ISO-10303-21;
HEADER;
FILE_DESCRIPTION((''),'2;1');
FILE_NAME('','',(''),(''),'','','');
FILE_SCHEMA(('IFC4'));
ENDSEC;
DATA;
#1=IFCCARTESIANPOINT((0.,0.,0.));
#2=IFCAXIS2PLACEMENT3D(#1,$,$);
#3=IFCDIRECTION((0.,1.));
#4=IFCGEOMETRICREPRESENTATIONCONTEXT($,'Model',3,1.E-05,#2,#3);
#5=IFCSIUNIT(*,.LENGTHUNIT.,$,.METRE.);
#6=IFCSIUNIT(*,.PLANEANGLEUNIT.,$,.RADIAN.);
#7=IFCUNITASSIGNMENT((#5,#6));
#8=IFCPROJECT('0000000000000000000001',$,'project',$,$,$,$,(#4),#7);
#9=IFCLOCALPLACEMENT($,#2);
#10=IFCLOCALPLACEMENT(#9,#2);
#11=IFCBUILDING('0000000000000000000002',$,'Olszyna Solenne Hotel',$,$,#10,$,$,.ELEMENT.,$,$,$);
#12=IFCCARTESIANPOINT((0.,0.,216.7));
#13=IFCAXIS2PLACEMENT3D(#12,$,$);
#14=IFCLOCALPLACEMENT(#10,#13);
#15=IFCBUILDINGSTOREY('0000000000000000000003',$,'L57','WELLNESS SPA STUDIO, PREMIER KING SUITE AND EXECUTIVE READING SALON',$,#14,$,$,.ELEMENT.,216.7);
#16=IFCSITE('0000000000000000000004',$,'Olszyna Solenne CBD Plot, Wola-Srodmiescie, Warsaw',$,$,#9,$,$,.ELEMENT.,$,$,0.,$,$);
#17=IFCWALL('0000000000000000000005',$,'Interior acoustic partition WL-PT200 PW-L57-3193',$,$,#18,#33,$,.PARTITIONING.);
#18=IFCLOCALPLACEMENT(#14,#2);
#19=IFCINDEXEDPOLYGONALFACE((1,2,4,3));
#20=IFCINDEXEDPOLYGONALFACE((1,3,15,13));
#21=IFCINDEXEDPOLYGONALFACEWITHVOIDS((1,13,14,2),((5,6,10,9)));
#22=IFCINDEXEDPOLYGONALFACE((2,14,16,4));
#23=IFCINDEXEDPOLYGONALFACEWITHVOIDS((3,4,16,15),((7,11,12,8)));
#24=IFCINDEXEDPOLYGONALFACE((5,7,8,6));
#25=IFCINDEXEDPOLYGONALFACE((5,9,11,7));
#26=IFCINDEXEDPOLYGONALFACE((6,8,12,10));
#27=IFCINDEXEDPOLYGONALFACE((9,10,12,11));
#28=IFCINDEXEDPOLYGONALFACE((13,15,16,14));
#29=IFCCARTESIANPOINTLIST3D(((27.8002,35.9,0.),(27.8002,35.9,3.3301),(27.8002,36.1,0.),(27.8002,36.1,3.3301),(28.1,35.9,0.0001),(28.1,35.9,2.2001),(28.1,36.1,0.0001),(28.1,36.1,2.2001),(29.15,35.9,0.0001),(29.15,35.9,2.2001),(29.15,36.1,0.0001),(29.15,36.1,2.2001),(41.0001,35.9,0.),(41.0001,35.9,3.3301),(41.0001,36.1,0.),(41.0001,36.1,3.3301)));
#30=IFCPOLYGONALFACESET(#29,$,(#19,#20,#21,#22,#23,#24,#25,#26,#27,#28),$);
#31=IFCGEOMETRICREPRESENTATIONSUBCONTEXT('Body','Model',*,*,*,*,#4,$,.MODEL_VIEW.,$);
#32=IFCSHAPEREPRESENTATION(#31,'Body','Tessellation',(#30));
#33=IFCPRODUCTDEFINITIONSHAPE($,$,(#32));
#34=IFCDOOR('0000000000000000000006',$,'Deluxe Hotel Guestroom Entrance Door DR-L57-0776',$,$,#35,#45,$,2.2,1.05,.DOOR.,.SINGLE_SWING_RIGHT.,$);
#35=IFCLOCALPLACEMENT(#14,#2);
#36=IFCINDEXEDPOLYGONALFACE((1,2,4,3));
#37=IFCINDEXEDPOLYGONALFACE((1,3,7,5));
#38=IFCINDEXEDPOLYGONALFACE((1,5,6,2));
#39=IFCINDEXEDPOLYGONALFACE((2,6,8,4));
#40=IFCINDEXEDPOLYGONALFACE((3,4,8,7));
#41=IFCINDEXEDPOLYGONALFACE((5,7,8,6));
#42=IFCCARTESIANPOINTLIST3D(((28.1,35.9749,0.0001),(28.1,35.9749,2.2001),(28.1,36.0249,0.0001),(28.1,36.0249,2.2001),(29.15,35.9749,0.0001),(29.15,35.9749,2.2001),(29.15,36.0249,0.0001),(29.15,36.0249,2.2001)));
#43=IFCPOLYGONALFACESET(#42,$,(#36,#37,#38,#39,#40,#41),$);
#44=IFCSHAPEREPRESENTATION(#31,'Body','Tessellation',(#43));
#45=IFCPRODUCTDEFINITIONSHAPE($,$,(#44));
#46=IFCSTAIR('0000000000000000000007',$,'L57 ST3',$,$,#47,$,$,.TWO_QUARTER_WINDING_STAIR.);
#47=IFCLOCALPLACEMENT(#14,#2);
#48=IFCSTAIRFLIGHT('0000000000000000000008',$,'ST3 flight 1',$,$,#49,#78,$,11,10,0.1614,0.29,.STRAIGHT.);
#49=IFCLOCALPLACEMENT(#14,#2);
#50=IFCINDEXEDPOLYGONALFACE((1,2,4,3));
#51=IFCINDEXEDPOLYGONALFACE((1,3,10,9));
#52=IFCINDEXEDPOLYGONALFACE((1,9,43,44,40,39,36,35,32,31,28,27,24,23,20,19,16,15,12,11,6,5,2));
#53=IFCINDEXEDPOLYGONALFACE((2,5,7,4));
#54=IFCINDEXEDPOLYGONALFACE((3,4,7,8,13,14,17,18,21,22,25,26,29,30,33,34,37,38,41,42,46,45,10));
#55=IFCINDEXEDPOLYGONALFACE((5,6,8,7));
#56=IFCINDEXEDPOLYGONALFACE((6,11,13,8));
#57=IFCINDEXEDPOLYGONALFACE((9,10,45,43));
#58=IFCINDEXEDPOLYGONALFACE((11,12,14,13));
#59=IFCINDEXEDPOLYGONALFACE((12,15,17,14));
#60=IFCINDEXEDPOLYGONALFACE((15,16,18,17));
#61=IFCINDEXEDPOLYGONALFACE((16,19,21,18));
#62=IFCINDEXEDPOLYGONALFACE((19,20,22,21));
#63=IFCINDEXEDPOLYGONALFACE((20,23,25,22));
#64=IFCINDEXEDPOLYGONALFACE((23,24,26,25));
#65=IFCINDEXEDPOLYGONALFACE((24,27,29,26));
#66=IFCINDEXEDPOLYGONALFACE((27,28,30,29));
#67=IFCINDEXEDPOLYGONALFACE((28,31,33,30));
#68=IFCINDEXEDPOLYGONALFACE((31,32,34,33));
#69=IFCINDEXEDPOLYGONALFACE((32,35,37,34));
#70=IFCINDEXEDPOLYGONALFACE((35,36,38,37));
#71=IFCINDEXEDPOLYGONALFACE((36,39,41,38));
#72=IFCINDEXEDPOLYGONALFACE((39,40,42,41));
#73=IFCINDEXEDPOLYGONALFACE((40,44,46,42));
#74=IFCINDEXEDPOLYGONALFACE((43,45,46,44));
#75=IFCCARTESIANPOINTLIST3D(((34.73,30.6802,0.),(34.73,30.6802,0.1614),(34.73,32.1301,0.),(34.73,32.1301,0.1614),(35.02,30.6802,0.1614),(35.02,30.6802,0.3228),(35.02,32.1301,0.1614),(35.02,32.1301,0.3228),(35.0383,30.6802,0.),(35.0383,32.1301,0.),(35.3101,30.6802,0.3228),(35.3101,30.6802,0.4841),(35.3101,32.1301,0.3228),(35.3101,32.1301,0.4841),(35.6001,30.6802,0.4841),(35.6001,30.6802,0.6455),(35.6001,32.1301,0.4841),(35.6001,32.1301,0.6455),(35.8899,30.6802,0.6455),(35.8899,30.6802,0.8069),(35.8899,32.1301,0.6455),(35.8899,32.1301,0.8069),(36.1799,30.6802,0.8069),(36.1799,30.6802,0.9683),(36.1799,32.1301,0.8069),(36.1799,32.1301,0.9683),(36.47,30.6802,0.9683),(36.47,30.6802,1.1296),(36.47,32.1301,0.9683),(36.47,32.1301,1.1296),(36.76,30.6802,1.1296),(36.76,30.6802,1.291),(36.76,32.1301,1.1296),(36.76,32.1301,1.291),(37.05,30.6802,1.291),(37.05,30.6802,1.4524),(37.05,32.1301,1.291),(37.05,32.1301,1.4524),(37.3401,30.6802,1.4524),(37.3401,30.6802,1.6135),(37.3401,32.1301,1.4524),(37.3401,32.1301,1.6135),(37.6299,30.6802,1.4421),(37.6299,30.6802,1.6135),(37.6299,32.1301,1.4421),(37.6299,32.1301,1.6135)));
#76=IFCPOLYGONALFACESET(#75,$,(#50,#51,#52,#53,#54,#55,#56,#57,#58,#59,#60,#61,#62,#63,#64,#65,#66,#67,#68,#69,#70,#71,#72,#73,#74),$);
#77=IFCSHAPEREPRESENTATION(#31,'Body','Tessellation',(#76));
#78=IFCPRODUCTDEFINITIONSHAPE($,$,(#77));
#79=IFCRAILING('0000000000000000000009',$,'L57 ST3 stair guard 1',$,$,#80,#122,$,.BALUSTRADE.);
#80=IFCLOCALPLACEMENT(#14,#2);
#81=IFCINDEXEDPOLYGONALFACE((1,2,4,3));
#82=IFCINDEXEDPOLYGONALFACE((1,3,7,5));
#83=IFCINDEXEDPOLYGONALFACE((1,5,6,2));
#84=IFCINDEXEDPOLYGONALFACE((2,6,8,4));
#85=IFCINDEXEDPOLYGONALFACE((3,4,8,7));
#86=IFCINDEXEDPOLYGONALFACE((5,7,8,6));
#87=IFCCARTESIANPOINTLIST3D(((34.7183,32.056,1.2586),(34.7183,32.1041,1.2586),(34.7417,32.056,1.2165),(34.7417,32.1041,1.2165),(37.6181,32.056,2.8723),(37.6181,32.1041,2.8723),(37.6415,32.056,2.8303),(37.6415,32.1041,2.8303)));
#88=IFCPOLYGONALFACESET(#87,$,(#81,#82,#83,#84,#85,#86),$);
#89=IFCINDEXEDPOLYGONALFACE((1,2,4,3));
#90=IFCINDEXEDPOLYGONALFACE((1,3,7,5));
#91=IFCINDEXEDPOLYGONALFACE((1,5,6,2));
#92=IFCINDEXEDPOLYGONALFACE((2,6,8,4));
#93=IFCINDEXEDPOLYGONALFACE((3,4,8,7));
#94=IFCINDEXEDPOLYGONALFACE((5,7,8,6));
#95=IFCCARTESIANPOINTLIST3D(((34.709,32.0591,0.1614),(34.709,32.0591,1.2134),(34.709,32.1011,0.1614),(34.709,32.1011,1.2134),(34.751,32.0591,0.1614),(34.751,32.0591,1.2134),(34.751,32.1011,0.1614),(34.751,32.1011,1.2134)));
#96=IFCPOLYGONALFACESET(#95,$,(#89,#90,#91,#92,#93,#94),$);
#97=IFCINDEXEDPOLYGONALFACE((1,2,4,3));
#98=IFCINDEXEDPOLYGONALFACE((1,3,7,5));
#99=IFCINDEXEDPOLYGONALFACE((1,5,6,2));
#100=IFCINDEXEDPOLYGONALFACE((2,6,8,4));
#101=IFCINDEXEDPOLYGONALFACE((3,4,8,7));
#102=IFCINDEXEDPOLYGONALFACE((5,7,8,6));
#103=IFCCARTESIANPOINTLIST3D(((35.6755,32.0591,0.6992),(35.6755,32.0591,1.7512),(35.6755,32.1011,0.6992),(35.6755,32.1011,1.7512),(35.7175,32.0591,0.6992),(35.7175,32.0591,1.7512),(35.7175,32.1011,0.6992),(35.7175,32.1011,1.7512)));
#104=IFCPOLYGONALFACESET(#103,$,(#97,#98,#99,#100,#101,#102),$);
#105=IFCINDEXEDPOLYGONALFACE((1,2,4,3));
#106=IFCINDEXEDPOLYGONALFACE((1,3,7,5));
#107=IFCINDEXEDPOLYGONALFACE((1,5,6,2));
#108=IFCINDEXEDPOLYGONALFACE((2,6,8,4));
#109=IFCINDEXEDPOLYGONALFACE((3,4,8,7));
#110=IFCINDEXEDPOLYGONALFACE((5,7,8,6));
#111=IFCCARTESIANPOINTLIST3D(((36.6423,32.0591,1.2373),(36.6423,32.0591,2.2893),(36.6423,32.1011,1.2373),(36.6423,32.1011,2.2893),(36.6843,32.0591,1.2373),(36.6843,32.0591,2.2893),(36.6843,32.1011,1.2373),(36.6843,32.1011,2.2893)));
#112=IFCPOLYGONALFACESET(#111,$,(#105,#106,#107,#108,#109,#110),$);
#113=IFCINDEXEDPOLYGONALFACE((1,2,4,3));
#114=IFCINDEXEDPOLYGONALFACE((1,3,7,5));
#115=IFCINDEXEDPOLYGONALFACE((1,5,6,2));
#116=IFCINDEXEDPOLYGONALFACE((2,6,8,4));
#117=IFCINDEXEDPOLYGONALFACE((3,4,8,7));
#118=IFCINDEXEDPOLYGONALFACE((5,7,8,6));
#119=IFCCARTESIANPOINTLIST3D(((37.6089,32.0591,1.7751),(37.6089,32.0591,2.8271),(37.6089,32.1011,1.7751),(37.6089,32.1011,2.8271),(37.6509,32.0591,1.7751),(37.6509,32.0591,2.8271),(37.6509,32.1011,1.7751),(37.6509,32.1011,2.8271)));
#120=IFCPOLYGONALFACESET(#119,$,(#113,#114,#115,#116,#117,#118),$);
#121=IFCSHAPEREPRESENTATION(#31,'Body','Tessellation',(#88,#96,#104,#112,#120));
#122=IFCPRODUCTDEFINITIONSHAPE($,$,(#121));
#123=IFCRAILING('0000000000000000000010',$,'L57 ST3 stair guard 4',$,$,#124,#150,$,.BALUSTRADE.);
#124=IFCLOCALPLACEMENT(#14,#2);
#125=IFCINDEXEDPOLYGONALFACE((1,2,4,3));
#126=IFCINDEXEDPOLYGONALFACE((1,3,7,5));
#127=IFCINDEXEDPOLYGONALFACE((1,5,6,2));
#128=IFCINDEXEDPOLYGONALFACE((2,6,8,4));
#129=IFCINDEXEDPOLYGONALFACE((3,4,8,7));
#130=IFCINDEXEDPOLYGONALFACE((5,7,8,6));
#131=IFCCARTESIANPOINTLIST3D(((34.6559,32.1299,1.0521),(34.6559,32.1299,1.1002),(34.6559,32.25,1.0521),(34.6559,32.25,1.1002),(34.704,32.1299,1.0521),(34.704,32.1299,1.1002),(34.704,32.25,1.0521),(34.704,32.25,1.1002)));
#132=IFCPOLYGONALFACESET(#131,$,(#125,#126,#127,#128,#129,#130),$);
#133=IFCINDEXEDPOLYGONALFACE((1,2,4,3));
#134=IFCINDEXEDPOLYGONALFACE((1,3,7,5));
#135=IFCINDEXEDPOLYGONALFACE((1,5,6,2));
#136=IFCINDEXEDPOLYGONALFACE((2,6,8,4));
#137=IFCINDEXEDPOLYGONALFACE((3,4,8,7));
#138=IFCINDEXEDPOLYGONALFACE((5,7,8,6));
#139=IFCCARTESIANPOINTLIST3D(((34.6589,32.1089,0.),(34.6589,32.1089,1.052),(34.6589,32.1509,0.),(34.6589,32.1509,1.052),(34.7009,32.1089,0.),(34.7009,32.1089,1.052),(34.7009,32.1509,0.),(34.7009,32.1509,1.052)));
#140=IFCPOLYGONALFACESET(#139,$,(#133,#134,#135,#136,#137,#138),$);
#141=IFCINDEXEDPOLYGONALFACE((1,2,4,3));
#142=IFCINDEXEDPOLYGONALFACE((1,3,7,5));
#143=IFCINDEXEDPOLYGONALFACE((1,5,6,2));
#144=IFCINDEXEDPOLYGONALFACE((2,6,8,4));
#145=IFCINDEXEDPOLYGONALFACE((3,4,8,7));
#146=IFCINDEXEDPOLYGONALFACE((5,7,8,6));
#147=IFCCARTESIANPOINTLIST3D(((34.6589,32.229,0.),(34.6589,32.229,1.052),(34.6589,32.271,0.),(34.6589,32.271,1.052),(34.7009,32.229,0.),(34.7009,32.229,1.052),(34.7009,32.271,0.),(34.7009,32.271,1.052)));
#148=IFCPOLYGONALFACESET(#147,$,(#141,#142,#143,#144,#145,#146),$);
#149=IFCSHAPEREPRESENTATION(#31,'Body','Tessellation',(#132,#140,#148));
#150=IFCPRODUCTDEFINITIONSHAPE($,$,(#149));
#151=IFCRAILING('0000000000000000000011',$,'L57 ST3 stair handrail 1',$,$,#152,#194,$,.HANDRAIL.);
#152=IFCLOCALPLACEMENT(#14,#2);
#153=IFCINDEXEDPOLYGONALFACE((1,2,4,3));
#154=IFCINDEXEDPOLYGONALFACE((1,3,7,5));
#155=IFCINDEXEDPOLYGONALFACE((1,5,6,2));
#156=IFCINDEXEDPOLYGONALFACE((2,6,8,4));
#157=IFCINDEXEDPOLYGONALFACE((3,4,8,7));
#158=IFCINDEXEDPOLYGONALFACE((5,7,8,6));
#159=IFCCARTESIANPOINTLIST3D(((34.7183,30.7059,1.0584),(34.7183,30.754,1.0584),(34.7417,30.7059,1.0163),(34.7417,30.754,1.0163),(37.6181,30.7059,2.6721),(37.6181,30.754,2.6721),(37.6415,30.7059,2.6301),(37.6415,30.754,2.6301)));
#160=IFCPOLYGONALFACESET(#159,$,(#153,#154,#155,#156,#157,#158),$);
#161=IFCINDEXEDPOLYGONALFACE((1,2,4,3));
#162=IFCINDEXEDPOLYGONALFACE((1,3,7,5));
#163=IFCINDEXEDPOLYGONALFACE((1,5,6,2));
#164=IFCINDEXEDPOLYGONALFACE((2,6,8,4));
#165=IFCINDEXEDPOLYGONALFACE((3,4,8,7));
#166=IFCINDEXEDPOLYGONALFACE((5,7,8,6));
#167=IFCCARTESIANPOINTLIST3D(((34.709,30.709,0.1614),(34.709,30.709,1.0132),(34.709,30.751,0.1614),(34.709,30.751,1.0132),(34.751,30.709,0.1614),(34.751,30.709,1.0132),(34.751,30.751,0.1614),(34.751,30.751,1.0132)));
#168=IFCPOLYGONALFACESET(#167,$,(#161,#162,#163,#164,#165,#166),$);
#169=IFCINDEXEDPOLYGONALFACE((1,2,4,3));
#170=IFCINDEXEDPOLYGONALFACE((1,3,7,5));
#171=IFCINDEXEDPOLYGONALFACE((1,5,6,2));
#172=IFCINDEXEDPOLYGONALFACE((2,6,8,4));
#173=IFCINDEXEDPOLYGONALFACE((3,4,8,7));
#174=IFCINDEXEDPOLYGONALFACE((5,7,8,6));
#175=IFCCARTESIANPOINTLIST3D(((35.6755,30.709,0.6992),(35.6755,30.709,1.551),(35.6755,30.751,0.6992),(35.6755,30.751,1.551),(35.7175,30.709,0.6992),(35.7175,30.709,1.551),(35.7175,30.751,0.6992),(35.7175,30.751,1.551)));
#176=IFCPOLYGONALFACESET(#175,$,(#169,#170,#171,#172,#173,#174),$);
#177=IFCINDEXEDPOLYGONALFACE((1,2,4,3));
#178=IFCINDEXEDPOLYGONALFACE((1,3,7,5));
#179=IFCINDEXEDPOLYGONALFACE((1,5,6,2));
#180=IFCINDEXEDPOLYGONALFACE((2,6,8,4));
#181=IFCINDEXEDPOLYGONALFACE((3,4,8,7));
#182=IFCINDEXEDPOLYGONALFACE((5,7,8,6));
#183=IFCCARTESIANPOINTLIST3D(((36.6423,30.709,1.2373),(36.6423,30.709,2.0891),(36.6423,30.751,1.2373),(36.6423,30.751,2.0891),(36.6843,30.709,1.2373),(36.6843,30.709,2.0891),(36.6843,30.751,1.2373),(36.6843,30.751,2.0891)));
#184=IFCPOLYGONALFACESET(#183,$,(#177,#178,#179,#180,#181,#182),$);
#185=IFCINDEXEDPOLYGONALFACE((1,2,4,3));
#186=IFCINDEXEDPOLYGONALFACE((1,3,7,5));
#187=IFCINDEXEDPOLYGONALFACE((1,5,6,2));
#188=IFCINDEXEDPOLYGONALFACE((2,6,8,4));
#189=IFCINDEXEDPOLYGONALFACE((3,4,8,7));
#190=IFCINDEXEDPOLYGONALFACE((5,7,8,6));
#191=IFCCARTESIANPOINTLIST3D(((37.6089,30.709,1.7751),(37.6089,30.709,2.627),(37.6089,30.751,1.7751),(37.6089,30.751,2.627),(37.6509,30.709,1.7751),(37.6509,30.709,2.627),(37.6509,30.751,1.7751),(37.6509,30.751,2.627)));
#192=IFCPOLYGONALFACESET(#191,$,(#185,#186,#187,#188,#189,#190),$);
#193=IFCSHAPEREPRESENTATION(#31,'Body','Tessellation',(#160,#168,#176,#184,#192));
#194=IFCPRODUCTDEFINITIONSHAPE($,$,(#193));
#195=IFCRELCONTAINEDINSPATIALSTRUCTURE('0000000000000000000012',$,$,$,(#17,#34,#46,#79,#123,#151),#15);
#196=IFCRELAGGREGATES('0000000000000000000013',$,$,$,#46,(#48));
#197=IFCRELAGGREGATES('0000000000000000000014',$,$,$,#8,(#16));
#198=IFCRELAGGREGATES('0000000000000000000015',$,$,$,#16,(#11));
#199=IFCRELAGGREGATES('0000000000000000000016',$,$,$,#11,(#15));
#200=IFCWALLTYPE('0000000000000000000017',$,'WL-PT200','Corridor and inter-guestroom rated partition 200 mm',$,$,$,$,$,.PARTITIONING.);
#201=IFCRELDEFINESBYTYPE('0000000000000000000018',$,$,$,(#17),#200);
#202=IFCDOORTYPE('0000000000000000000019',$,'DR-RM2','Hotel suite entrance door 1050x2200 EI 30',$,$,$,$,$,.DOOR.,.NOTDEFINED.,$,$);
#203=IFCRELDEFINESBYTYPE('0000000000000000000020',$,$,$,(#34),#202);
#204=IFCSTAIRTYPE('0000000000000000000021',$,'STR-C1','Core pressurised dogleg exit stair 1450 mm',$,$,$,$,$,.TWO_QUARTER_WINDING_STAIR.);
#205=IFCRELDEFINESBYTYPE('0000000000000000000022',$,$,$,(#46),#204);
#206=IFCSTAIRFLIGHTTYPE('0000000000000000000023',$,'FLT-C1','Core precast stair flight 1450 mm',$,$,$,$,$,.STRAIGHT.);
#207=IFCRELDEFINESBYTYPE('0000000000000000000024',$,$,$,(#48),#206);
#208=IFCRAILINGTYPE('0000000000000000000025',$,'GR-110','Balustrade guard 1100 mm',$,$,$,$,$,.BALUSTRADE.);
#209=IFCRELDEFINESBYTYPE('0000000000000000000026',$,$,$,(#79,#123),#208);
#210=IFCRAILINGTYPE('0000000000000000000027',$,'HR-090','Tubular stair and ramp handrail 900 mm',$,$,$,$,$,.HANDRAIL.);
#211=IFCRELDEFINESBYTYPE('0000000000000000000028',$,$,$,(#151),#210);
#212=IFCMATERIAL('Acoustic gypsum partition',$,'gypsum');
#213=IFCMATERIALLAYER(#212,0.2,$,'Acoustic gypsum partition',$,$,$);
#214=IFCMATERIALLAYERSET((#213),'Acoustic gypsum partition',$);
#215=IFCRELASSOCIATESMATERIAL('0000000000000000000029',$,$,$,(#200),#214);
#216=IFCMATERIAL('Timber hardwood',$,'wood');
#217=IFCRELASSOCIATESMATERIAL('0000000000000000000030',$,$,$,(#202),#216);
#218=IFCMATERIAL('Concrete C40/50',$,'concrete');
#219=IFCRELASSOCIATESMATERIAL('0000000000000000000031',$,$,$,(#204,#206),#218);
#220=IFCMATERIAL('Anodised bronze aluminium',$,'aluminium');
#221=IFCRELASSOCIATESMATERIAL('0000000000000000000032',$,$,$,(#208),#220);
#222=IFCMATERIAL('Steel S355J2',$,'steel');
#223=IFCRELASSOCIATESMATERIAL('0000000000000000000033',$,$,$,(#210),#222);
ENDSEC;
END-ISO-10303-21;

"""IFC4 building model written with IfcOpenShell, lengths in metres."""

from ifc_helpers import new_model, si_unit, direction, frame, frame_2d, origin, origin_2d, place, context, subcontext, project, spatial, polyline, rectangle, outline, extrude, source, transform, mapped, material, layer, layer_set, type_object, type_shapes, element, fill, aggregate, save


model = new_model("IFC4")

# Units and contexts
model_context = context("Model", 3, precision=1e-05, world=origin(), true_north=direction((0.0, 1.0)))
body_context = subcontext(model_context, "Body", "Model", "MODEL_VIEW")
ifc_project = project(units=[si_unit("LENGTHUNIT", "METRE"), si_unit("PLANEANGLEUNIT", "RADIAN")], contexts=[model_context])

# Site, building, storey
site_placement = place(None, origin())
site = spatial("IfcSite", under=ifc_project, at=site_placement, Name="Olszyna Solenne CBD Plot, Wola-Srodmiescie, Warsaw", CompositionType="ELEMENT", RefElevation=0.0)
building_placement = place(site_placement, origin())
building = spatial("IfcBuilding", under=site, at=building_placement, Name="Olszyna Solenne Hotel", CompositionType="ELEMENT")
storey_placement = place(building_placement, frame((0.0, 0.0, 216.7)))
storey = spatial("IfcBuildingStorey", under=building, at=storey_placement, Name="L57", Description="WELLNESS SPA STUDIO, PREMIER KING SUITE AND EXECUTIVE READING SALON", CompositionType="ELEMENT", Elevation=216.7)

# Shared definitions
ifc_material_1 = material(Name="Steel S355J2", Category="steel")

# Shared definitions
ifc_material_2 = material(Name="Acoustic gypsum partition", Category="gypsum")

# Shared definitions
ifc_layer_1 = layer(ifc_material_2, 0.2, Name="Acoustic gypsum partition")
ifc_layer_set_1 = layer_set([ifc_layer_1], Name="Acoustic gypsum partition")
wall_type_1 = type_object("IfcWallType", Name="WL-PT200", Description="Corridor and inter-guestroom rated partition 200 mm", PredefinedType="PARTITIONING", material=ifc_layer_set_1)

# Wall, opening, door
wall_1_placement = place(storey_placement, frame((27.8, 36.0, 0.0), z_axis=(0.0, 0.0, 1.0), x_axis=(1.0, 0.0, 0.0)))
wall_1 = element("IfcWall", 1, at=wall_1_placement, inside=storey, type_object=wall_type_1, Name="Interior acoustic partition WL-PT200 PW-L57-3193", PredefinedType="PARTITIONING", context=body_context, shape_type="SweptSolid", body=[
    extrude(rectangle(XDim=13.2, YDim=0.2, at=frame_2d((6.6001, 0.0))), origin(), (0.0, 0.0, 1.0), 3.3301),
])
opening_1_placement = place(wall_1_placement, frame((0.3, 0.0, 0.0)))
opening_1 = element("IfcOpeningElement", 2, at=opening_1_placement, cuts=wall_1, PredefinedType="OPENING", context=body_context, shape_type="SweptSolid", body=[
    extrude(rectangle(XDim=1.05, YDim=2.2, at=frame_2d((0.5249, 1.1001))), frame((0.0, 0.1099, 0.0), z_axis=(0.0, -1.0, 0.0), x_axis=(1.0, 0.0, 0.0)), (0.0, 0.0, 1.0), 0.22),
])
ifc_material_3 = material(Name="Timber hardwood", Category="wood")
door_type_1 = type_object("IfcDoorType", Name="DR-RM2", Description="Hotel suite entrance door 1050x2200 EI 30", OperationType="NOTDEFINED", PredefinedType="DOOR", material=ifc_material_3)
shared_shape_1 = source(origin(), body_context, "Body", "SweptSolid", [
    extrude(rectangle(XDim=1.05, YDim=2.2, at=frame_2d((0.5249, 1.1001))), frame((0.0, 0.0249, 0.0), z_axis=(0.0, -1.0, 0.0), x_axis=(1.0, 0.0, 0.0)), (0.0, 0.0, 1.0), 0.05),
])
type_shapes(door_type_1, [shared_shape_1])
door_1_placement = place(opening_1_placement, origin())
door_1 = element("IfcDoor", 3, at=door_1_placement, inside=storey, type_object=door_type_1, Name="Deluxe Hotel Guestroom Entrance Door DR-L57-0776", OperationType="SINGLE_SWING_RIGHT", OverallHeight=2.2, OverallWidth=1.05, PredefinedType="DOOR", context=body_context, shape_type="MappedRepresentation", body=[
    mapped(shared_shape_1, transform((0.0, 0.0, 0.0), x_axis=(1.0, 0.0, 0.0), y_axis=(0.0, 1.0, 0.0), z_axis=(0.0, 0.0, 1.0), scale=1.0)),
])
fill(opening_1, door_1)

# Stair, stair flight
ifc_material_4 = material(Name="Concrete C40/50", Category="concrete")
stair_type = type_object("IfcStairType", Name="STR-C1", Description="Core pressurised dogleg exit stair 1450 mm", PredefinedType="TWO_QUARTER_WINDING_STAIR", material=ifc_material_4)
stair_placement = place(storey_placement, origin())
stair = element("IfcStair", 4, at=stair_placement, inside=storey, type_object=stair_type, Name="L57 ST3", PredefinedType="TWO_QUARTER_WINDING_STAIR")
stair_flight_type = type_object("IfcStairFlightType", Name="FLT-C1", Description="Core precast stair flight 1450 mm", PredefinedType="STRAIGHT", material=ifc_material_4)
stair_flight_placement = place(storey_placement, frame((34.73, 31.405, 0.0), z_axis=(0.0, 0.0, 1.0), x_axis=(1.0, 0.0, 0.0)))
stair_flight = element("IfcStairFlight", 5, at=stair_flight_placement, type_object=stair_flight_type, Name="ST3 flight 1", NumberOfRisers=11, NumberOfTreads=10, PredefinedType="STRAIGHT", RiserHeight=0.1614, TreadLength=0.29, context=body_context, shape_type="SweptSolid", body=[
    extrude(outline(polyline([(0.0, 0.0), (0.0, 0.1614), (0.29, 0.1614), (0.29, 0.3228), (0.5801, 0.3228), (0.5801, 0.4841), (0.8701, 0.4841), (0.8701, 0.6455), (1.1599, 0.6455), (1.1599, 0.8069), (1.45, 0.8069), (1.45, 0.9683), (1.74, 0.9683), (1.74, 1.1296), (2.03, 1.1296), (2.03, 1.291), (2.3201, 1.291), (2.3201, 1.4524), (2.6101, 1.4524), (2.6101, 1.6135), (2.8999, 1.6135), (2.8999, 1.7749), (2.8999, 1.4421), (0.3083, 0.0), (0.0, 0.0)])), frame((0.0, 0.7251, 0.0), z_axis=(0.0, -1.0, 0.0), x_axis=(1.0, 0.0, 0.0)), (0.0, 0.0, 1.0), 1.45),
])
aggregate(stair, [stair_flight])

# Railings
ifc_material_5 = material(Name="Anodised bronze aluminium", Category="aluminium")
railing_type_1 = type_object("IfcRailingType", Name="GR-110", Description="Balustrade guard 1100 mm", PredefinedType="BALUSTRADE", material=ifc_material_5)
railing_1_placement = place(storey_placement, frame((34.73, 32.0801, 0.1614)))
element("IfcRailing", 6, at=railing_1_placement, inside=storey, type_object=railing_type_1, Name="L57 ST3 stair guard 1", PredefinedType="BALUSTRADE", context=body_context, shape_type="SweptSolid", body=[
    extrude(rectangle(XDim=0.0481, YDim=0.0481, at=origin_2d()), frame((0.0, 0.0, 1.0762), z_axis=(0.87381, 0.0, 0.486267), x_axis=(0.0, 1.0, 0.0)), (0.0, 0.0, 1.0), 3.3186),
    extrude(rectangle(XDim=0.042, YDim=0.042, at=origin_2d()), origin(), (0.0, 0.0, 1.0), 1.052),
    extrude(rectangle(XDim=0.042, YDim=0.042, at=origin_2d()), frame((0.9666, 0.0, 0.5378)), (0.0, 0.0, 1.0), 1.052),
    extrude(rectangle(XDim=0.042, YDim=0.042, at=origin_2d()), frame((1.9333, 0.0, 1.0759)), (0.0, 0.0, 1.0), 1.052),
    extrude(rectangle(XDim=0.042, YDim=0.042, at=origin_2d()), frame((2.8999, 0.0, 1.6138)), (0.0, 0.0, 1.0), 1.052),
])
railing_2_placement = place(storey_placement, frame((34.6799, 32.1299, 0.0)))
element("IfcRailing", 7, at=railing_2_placement, inside=storey, type_object=railing_type_1, Name="L57 ST3 stair guard 4", PredefinedType="BALUSTRADE", context=body_context, shape_type="SweptSolid", body=[
    extrude(rectangle(XDim=0.0481, YDim=0.0481, at=origin_2d()), frame((0.0, 0.0, 1.0762), z_axis=(0.0, 1.0, 0.0), x_axis=(-1.0, 0.0, 0.0)), (0.0, 0.0, 1.0), 0.1201),
    extrude(rectangle(XDim=0.042, YDim=0.042, at=origin_2d()), origin(), (0.0, 0.0, 1.0), 1.052),
    extrude(rectangle(XDim=0.042, YDim=0.042, at=origin_2d()), frame((0.0, 0.1201, 0.0)), (0.0, 0.0, 1.0), 1.052),
])
railing_type_2 = type_object("IfcRailingType", Name="HR-090", Description="Tubular stair and ramp handrail 900 mm", PredefinedType="HANDRAIL", material=ifc_material_1)
railing_3_placement = place(storey_placement, frame((34.73, 30.73, 0.1614)))
element("IfcRailing", 8, at=railing_3_placement, inside=storey, type_object=railing_type_2, Name="L57 ST3 stair handrail 1", PredefinedType="HANDRAIL", context=body_context, shape_type="SweptSolid", body=[
    extrude(rectangle(XDim=0.0481, YDim=0.0481, at=origin_2d()), frame((0.0, 0.0, 0.876), z_axis=(0.87381, 0.0, 0.486267), x_axis=(0.0, 1.0, 0.0)), (0.0, 0.0, 1.0), 3.3186),
    extrude(rectangle(XDim=0.042, YDim=0.042, at=origin_2d()), origin(), (0.0, 0.0, 1.0), 0.8518),
    extrude(rectangle(XDim=0.042, YDim=0.042, at=origin_2d()), frame((0.9666, 0.0, 0.5378)), (0.0, 0.0, 1.0), 0.8518),
    extrude(rectangle(XDim=0.042, YDim=0.042, at=origin_2d()), frame((1.9333, 0.0, 1.0759)), (0.0, 0.0, 1.0), 0.8518),
    extrude(rectangle(XDim=0.042, YDim=0.042, at=origin_2d()), frame((2.8999, 0.0, 1.6138)), (0.0, 0.0, 1.0), 0.8518),
])

save(model, "model.ifc")
